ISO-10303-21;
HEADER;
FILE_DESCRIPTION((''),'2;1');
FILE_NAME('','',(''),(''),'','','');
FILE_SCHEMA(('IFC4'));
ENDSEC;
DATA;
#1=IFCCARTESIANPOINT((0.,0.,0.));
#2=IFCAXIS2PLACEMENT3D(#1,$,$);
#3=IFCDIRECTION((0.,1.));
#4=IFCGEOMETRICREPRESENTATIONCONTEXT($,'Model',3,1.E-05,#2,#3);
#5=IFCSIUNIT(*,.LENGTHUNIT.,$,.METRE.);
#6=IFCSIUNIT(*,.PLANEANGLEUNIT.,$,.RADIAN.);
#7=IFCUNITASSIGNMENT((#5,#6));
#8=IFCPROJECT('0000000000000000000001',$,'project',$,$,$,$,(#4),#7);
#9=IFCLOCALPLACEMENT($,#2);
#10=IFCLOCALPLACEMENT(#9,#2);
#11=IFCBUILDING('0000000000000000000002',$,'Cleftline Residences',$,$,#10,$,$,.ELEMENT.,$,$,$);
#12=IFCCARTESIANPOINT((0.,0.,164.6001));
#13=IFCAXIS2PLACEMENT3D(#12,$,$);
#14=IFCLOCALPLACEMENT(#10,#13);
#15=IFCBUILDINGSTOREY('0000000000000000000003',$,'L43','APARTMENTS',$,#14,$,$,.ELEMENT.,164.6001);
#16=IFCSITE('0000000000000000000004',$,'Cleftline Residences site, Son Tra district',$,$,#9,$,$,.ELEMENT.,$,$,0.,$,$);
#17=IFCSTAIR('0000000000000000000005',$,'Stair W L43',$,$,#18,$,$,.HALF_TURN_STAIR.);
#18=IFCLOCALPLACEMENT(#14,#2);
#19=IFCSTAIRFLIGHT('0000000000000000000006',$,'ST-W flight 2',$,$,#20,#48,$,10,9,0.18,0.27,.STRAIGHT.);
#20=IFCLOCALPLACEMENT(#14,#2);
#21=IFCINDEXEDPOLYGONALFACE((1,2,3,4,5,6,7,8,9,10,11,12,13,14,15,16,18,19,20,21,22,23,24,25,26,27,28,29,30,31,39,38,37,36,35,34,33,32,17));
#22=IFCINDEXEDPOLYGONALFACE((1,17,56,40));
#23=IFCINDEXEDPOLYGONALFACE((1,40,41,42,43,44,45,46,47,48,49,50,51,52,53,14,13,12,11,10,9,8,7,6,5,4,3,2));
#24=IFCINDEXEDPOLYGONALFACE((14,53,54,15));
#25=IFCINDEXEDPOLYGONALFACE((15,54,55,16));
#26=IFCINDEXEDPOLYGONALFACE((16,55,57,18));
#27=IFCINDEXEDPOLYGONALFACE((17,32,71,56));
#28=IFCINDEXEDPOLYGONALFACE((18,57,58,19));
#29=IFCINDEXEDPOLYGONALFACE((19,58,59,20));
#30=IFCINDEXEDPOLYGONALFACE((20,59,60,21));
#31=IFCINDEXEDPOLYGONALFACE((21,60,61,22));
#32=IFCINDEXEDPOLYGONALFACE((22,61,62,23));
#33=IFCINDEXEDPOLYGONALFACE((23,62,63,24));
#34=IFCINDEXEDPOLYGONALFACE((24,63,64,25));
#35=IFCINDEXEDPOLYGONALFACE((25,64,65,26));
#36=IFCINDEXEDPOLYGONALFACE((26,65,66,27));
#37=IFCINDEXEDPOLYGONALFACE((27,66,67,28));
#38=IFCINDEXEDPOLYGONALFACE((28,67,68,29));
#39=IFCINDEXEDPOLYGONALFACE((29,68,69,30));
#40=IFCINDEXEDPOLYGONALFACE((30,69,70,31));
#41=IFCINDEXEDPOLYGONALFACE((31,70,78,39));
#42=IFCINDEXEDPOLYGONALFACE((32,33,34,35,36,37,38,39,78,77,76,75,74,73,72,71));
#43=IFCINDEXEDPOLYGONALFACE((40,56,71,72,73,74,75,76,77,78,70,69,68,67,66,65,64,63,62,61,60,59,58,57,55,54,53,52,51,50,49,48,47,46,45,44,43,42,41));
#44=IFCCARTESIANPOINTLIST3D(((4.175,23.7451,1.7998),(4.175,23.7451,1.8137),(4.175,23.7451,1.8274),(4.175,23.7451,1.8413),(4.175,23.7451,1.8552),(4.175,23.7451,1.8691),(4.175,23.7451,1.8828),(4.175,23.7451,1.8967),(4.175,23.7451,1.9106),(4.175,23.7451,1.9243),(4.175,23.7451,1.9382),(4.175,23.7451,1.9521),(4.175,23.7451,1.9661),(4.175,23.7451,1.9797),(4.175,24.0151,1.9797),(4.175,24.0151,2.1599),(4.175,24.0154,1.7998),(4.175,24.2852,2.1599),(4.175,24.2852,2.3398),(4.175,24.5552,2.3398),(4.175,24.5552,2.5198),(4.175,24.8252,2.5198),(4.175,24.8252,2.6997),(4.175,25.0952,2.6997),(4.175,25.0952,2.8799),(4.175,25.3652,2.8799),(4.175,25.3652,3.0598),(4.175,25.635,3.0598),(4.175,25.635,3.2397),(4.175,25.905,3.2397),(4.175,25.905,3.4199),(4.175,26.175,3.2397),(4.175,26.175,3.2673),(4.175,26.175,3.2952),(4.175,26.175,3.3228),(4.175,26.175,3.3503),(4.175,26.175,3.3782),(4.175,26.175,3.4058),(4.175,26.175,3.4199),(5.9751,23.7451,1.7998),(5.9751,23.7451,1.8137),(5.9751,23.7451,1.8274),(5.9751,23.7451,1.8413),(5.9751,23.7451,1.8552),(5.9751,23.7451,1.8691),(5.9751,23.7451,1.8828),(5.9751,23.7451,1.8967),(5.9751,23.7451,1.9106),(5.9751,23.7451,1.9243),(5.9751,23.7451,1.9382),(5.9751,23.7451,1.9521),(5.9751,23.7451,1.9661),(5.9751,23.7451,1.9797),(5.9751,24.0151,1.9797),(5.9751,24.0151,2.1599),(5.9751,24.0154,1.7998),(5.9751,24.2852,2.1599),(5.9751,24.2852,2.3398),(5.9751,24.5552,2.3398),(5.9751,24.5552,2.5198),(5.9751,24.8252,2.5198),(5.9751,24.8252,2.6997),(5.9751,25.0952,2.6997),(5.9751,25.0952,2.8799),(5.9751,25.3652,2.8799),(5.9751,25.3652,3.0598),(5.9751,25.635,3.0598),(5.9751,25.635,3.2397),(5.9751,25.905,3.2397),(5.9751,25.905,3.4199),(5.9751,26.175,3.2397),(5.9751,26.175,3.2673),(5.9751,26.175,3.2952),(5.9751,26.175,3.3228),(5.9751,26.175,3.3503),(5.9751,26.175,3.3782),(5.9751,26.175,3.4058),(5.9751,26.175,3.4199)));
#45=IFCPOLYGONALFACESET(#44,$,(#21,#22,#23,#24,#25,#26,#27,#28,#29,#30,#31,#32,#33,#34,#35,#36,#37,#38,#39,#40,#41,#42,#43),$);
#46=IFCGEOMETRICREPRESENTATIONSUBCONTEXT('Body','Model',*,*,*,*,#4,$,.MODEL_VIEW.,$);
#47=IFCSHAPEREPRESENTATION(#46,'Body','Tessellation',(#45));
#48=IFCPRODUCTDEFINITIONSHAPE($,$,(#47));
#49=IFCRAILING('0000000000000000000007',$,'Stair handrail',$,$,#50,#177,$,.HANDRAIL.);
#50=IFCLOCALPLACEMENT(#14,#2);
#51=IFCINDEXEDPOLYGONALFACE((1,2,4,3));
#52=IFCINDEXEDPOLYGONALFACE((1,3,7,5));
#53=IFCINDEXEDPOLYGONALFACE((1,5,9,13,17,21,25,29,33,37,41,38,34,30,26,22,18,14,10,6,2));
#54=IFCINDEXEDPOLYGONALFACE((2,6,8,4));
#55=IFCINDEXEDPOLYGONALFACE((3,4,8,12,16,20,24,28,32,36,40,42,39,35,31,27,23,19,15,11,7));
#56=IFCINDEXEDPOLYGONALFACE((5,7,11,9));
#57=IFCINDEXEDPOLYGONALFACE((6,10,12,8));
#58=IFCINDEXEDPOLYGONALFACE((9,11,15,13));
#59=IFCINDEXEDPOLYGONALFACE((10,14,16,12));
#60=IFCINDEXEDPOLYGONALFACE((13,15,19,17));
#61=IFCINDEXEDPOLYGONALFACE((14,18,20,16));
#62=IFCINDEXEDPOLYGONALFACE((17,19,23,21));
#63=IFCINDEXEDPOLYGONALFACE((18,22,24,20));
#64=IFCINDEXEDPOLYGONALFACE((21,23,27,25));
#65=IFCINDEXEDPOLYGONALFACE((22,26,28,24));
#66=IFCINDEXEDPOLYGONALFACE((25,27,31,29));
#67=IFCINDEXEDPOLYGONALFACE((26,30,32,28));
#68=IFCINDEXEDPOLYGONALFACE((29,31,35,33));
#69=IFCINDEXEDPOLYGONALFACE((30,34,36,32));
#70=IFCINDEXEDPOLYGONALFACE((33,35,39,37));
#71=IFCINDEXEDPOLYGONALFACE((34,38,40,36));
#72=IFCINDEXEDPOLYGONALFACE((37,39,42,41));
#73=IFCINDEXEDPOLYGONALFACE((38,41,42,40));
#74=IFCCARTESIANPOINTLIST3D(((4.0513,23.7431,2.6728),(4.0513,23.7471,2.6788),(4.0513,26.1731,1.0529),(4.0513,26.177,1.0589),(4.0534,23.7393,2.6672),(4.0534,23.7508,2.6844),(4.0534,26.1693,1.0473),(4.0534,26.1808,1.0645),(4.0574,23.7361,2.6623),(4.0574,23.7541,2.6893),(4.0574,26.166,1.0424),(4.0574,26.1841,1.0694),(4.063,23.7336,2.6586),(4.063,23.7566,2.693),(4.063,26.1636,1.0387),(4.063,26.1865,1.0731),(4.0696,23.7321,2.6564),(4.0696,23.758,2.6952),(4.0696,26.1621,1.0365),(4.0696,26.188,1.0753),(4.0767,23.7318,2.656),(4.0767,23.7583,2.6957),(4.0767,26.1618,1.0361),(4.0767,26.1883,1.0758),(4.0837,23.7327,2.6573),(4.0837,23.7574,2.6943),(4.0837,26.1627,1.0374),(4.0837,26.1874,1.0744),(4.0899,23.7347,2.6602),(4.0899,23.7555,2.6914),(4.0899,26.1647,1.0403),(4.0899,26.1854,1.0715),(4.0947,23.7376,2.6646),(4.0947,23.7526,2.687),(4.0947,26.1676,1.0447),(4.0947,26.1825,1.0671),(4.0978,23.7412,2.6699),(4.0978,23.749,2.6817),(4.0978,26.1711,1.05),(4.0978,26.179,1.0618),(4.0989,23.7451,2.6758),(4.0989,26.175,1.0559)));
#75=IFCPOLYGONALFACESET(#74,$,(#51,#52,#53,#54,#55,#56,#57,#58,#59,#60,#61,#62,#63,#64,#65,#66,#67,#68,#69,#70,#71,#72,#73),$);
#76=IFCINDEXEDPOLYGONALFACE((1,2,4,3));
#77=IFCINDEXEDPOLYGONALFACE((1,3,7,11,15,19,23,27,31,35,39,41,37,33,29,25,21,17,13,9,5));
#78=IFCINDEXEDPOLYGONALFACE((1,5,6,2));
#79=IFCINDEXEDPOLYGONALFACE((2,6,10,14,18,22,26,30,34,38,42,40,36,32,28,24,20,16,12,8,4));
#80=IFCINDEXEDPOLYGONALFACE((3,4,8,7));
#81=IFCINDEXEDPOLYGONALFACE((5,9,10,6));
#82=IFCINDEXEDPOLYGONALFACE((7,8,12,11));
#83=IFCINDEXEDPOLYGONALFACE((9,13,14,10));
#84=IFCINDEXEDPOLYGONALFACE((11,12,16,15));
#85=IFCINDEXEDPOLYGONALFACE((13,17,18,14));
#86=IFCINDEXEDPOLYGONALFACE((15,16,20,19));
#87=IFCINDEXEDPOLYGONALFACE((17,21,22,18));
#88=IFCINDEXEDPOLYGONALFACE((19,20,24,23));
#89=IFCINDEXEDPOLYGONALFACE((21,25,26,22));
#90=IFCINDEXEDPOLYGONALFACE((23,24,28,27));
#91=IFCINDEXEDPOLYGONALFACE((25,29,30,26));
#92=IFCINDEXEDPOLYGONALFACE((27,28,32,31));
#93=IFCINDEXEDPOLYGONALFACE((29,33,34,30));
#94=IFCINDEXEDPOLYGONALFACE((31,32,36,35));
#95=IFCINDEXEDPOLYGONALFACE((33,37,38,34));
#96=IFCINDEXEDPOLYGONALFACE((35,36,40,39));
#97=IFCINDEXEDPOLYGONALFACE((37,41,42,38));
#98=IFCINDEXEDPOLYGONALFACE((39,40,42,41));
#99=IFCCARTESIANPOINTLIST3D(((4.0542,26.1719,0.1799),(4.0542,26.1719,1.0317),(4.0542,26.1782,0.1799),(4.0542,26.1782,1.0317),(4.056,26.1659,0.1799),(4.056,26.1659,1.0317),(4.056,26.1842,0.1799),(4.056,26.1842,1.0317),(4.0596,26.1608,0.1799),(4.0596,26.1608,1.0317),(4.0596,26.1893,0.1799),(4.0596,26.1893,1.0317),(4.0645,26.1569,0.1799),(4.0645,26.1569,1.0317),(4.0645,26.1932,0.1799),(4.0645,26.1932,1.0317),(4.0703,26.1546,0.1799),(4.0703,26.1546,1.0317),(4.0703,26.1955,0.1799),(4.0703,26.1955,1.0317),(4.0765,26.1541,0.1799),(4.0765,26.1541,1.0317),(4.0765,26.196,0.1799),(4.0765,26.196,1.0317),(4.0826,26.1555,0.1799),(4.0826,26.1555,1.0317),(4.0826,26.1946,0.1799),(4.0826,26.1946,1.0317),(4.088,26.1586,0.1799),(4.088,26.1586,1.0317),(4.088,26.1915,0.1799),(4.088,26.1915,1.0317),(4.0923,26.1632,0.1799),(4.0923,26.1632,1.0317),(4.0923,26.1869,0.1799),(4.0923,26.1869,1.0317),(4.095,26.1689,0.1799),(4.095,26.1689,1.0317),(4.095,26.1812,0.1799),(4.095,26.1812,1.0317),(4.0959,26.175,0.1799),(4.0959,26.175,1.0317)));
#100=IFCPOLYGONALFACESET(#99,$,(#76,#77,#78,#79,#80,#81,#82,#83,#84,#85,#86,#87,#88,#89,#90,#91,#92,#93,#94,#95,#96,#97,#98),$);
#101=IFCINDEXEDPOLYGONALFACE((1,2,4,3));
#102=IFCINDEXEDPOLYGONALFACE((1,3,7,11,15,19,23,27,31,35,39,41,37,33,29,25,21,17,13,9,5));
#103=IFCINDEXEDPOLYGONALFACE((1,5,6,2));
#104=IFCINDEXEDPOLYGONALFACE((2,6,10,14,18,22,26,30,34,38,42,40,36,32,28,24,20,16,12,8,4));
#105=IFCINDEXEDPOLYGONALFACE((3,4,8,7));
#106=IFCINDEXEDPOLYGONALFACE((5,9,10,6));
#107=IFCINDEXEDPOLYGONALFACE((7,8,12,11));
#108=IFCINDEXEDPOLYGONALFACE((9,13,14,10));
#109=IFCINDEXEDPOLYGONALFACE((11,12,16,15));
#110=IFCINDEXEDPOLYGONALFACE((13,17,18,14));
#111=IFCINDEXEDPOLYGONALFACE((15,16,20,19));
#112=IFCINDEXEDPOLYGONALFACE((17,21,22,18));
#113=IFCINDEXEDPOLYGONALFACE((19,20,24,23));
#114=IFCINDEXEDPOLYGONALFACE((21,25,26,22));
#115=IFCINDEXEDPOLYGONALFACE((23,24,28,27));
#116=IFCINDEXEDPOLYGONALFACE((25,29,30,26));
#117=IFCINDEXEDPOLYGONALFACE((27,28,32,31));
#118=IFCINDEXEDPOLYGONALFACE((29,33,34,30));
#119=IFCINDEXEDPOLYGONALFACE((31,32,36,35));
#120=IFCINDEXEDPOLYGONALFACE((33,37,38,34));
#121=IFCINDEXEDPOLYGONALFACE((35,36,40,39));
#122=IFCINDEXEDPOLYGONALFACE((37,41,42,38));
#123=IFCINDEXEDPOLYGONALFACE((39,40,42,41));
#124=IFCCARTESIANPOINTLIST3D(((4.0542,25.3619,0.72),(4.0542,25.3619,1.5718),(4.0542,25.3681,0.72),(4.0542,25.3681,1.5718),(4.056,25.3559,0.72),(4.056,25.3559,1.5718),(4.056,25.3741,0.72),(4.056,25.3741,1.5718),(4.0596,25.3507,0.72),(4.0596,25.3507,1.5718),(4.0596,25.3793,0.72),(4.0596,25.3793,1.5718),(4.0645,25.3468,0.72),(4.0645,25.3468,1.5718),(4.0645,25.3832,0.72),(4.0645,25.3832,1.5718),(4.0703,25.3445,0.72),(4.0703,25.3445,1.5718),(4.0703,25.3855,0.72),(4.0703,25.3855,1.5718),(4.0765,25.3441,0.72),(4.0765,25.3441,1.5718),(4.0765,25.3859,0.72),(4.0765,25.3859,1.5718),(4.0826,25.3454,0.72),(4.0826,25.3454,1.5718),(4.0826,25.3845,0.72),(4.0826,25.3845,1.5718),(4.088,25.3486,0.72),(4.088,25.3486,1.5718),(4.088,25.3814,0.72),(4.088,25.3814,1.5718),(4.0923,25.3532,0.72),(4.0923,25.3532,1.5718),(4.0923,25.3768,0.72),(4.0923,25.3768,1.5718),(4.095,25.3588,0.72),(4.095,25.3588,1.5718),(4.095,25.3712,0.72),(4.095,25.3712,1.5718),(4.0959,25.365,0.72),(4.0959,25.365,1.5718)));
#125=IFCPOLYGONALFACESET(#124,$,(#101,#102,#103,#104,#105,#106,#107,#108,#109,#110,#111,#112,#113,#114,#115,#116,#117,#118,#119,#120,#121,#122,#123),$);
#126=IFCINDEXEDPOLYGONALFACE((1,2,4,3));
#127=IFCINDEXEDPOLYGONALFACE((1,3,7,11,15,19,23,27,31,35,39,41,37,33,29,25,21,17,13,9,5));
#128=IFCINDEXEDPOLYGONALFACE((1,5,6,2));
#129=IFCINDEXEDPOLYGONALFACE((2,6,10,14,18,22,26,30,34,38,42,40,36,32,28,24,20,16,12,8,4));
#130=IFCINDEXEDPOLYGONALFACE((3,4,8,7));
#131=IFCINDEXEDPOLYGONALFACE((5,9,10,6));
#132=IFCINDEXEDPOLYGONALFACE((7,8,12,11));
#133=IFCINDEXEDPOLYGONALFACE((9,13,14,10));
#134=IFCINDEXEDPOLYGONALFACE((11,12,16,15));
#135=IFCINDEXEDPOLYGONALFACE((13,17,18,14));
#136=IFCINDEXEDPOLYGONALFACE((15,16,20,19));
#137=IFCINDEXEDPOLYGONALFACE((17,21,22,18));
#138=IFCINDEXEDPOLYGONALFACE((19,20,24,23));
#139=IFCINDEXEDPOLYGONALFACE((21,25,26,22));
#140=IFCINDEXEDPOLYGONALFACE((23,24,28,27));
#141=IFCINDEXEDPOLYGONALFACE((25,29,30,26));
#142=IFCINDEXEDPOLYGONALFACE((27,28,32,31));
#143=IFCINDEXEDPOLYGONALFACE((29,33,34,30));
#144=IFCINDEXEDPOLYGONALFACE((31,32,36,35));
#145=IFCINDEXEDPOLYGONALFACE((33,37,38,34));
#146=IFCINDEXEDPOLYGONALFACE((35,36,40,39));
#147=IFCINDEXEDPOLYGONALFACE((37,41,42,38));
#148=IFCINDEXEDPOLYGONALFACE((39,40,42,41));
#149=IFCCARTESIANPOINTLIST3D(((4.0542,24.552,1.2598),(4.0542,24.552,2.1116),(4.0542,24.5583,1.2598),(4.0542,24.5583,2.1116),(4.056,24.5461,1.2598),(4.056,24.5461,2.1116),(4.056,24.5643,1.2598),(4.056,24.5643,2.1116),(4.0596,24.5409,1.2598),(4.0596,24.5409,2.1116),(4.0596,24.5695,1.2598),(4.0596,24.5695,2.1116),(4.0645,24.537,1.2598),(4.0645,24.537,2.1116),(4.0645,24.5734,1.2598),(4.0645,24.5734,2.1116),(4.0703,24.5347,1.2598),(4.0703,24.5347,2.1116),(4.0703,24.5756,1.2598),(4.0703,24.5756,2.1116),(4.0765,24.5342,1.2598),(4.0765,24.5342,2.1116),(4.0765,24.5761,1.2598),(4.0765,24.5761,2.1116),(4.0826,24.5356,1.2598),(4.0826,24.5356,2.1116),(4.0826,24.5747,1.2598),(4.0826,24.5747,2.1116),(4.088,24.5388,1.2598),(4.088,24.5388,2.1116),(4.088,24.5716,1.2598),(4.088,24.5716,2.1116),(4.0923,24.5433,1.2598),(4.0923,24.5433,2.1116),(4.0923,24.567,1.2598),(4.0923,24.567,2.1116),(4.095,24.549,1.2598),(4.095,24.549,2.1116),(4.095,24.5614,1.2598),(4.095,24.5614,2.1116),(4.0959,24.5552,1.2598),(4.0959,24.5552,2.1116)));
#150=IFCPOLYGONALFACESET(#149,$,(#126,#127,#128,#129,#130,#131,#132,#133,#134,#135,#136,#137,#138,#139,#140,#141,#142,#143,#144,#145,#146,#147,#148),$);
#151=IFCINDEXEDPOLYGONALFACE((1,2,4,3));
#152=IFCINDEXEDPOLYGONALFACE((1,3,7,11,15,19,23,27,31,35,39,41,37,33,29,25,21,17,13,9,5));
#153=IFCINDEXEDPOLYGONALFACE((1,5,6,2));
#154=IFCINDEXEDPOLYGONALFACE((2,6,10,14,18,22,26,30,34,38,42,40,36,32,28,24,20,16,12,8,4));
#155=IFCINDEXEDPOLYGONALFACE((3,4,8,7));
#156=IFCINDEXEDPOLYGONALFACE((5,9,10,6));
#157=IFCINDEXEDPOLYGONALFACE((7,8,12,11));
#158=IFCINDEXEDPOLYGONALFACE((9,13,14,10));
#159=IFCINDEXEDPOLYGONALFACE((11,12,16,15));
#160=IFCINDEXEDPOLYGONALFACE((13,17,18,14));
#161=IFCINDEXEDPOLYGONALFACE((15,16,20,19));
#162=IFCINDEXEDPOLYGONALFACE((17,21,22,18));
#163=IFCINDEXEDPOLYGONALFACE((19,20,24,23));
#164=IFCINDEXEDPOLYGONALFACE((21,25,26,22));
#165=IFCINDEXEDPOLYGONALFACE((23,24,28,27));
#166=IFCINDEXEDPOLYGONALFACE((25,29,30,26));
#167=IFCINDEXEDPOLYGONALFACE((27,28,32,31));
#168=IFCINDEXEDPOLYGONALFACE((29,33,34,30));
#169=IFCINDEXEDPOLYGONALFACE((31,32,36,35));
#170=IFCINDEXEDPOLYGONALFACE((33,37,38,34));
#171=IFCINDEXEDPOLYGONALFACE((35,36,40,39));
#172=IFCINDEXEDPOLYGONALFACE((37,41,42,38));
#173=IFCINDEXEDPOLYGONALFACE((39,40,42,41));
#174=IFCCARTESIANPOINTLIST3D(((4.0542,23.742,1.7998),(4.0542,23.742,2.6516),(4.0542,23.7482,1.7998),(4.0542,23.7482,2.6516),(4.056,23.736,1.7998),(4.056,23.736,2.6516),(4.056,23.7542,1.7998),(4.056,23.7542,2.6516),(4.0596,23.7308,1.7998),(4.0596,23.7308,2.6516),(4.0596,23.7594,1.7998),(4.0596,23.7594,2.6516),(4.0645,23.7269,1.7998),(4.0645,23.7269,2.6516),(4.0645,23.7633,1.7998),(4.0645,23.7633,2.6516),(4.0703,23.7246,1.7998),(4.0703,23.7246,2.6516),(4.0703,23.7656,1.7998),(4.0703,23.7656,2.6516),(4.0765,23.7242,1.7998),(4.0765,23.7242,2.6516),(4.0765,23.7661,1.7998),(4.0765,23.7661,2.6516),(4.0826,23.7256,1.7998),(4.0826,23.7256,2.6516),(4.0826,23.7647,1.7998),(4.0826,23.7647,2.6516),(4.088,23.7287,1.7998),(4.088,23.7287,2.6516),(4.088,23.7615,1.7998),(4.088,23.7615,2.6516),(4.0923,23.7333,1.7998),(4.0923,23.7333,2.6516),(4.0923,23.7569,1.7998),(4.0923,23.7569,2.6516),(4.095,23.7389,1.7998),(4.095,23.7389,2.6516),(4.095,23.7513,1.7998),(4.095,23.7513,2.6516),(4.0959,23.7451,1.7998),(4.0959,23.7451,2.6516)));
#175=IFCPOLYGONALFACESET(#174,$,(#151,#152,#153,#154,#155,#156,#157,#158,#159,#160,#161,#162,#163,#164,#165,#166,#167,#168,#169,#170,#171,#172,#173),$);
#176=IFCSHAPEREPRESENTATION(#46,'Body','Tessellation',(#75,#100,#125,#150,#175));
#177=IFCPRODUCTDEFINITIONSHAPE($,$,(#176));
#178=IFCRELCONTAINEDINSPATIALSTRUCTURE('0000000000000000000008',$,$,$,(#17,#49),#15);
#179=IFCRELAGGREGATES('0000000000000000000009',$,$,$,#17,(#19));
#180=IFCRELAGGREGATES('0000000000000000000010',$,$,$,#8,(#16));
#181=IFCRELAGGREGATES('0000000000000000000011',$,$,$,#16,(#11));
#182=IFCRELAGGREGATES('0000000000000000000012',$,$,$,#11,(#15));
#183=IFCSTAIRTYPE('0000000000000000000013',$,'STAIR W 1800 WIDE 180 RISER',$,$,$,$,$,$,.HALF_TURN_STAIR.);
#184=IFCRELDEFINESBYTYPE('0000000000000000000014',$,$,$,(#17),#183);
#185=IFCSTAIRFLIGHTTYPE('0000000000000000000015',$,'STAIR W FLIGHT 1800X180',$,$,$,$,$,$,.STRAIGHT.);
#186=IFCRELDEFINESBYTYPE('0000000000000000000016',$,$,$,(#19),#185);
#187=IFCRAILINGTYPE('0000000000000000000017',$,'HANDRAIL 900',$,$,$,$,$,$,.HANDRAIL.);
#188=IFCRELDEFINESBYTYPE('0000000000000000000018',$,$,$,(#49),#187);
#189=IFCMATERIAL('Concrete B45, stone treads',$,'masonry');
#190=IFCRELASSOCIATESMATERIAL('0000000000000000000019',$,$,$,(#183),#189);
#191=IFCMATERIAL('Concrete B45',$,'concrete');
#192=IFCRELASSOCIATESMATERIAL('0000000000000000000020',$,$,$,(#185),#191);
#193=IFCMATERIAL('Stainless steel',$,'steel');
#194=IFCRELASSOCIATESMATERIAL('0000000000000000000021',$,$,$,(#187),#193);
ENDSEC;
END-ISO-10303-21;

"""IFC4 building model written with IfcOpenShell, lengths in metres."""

from ifc_helpers import new_model, si_unit, direction, frame, origin, origin_2d, place, context, subcontext, project, spatial, polyline, circle, outline, extrude, material, type_object, element, aggregate, save


model = new_model("IFC4")

# Units and contexts
model_context = context("Model", 3, precision=1e-05, world=origin(), true_north=direction((0.0, 1.0)))
body_context = subcontext(model_context, "Body", "Model", "MODEL_VIEW")
ifc_project = project(units=[si_unit("LENGTHUNIT", "METRE"), si_unit("PLANEANGLEUNIT", "RADIAN")], contexts=[model_context])

# Site, building, storey
site_placement = place(None, origin())
site = spatial("IfcSite", under=ifc_project, at=site_placement, Name="Cleftline Residences site, Son Tra district", CompositionType="ELEMENT", RefElevation=0.0)
building_placement = place(site_placement, origin())
building = spatial("IfcBuilding", under=site, at=building_placement, Name="Cleftline Residences", CompositionType="ELEMENT")
storey_placement = place(building_placement, frame((0.0, 0.0, 164.6001)))
storey = spatial("IfcBuildingStorey", under=building, at=storey_placement, Name="L43", Description="APARTMENTS", CompositionType="ELEMENT", Elevation=164.6001)

# Stair, stair flight
ifc_material_1 = material(Name="Concrete B45, stone treads", Category="masonry")
stair_type = type_object("IfcStairType", Name="STAIR W 1800 WIDE 180 RISER", PredefinedType="HALF_TURN_STAIR", material=ifc_material_1)
stair_placement = place(storey_placement, origin())
stair = element("IfcStair", 1, at=stair_placement, inside=storey, type_object=stair_type, Name="Stair W L43", PredefinedType="HALF_TURN_STAIR")
ifc_material_2 = material(Name="Concrete B45", Category="concrete")
stair_flight_type = type_object("IfcStairFlightType", Name="STAIR W FLIGHT 1800X180", PredefinedType="STRAIGHT", material=ifc_material_2)
stair_flight_1_placement = place(storey_placement, frame((5.075, 23.7451, 1.7998), z_axis=(0.0, 0.0, 1.0), x_axis=(0.0, 1.0, 0.0)))
stair_flight_1 = element("IfcStairFlight", 2, at=stair_flight_1_placement, type_object=stair_flight_type, Name="ST-W flight 2", NumberOfRisers=10, NumberOfTreads=9, PredefinedType="STRAIGHT", RiserHeight=0.18, TreadLength=0.27, context=body_context, shape_type="SweptSolid", body=[
    extrude(outline(polyline([(0.0, 0.0), (0.0, 0.0139), (0.0, 0.0276), (0.0, 0.0415), (0.0, 0.0554), (0.0, 0.0693), (0.0, 0.083), (0.0, 0.0969), (0.0, 0.1108), (0.0, 0.1245), (0.0, 0.1384), (0.0, 0.1523), (0.0, 0.1663), (0.0, 0.1799), (0.27, 0.1799), (0.27, 0.3601), (0.54, 0.3601), (0.54, 0.54), (0.8101, 0.54), (0.8101, 0.72), (1.0801, 0.72), (1.0801, 0.8999), (1.3501, 0.8999), (1.3501, 1.0801), (1.6201, 1.0801), (1.6201, 1.26), (1.8899, 1.26), (1.8899, 1.4399), (2.1599, 1.4399), (2.1599, 1.6201), (2.4299, 1.6201), (2.4299, 1.8), (2.4299, 1.7722), (2.4299, 1.7446), (2.4299, 1.7168), (2.4299, 1.6892), (2.4299, 1.6614), (2.4299, 1.6338), (2.4299, 1.606), (2.4299, 1.5784), (2.4299, 1.5505), (2.4299, 1.5229), (2.4299, 1.4954), (2.4299, 1.4675), (2.4299, 1.4399), (0.2703, 0.0), (0.0, 0.0)])), frame((0.0, 0.8999, 0.0), z_axis=(0.0, -1.0, 0.0), x_axis=(1.0, 0.0, 0.0)), (0.0, 0.0, 1.0), 1.8),
])
aggregate(stair, [stair_flight_1])

# Railing
ifc_material_3 = material(Name="Stainless steel", Category="steel")
railing_type = type_object("IfcRailingType", Name="HANDRAIL 900", PredefinedType="HANDRAIL", material=ifc_material_3)
railing_1_placement = place(storey_placement, frame((4.075, 26.175, 0.1799)))
element("IfcRailing", 3, at=railing_1_placement, inside=storey, type_object=railing_type, Name="Stair handrail", PredefinedType="HANDRAIL", context=body_context, shape_type="SweptSolid", body=[
    extrude(circle(Radius=0.0239, at=origin_2d()), frame((0.0, 0.0, 0.876), z_axis=(0.0, -0.832063, 0.554681), x_axis=(1.0, 0.0, 0.0)), (0.0, 0.0, 1.0), 2.9204),
    extrude(circle(Radius=0.021, at=origin_2d()), origin(), (0.0, 0.0, 1.0), 0.8518),
    extrude(circle(Radius=0.021, at=origin_2d()), frame((0.0, -0.8101, 0.54)), (0.0, 0.0, 1.0), 0.8518),
    extrude(circle(Radius=0.021, at=origin_2d()), frame((0.0, -1.6199, 1.0798)), (0.0, 0.0, 1.0), 0.8518),
    extrude(circle(Radius=0.021, at=origin_2d()), frame((0.0, -2.4299, 1.6199)), (0.0, 0.0, 1.0), 0.8518),
])

save(model, "model.ifc")
